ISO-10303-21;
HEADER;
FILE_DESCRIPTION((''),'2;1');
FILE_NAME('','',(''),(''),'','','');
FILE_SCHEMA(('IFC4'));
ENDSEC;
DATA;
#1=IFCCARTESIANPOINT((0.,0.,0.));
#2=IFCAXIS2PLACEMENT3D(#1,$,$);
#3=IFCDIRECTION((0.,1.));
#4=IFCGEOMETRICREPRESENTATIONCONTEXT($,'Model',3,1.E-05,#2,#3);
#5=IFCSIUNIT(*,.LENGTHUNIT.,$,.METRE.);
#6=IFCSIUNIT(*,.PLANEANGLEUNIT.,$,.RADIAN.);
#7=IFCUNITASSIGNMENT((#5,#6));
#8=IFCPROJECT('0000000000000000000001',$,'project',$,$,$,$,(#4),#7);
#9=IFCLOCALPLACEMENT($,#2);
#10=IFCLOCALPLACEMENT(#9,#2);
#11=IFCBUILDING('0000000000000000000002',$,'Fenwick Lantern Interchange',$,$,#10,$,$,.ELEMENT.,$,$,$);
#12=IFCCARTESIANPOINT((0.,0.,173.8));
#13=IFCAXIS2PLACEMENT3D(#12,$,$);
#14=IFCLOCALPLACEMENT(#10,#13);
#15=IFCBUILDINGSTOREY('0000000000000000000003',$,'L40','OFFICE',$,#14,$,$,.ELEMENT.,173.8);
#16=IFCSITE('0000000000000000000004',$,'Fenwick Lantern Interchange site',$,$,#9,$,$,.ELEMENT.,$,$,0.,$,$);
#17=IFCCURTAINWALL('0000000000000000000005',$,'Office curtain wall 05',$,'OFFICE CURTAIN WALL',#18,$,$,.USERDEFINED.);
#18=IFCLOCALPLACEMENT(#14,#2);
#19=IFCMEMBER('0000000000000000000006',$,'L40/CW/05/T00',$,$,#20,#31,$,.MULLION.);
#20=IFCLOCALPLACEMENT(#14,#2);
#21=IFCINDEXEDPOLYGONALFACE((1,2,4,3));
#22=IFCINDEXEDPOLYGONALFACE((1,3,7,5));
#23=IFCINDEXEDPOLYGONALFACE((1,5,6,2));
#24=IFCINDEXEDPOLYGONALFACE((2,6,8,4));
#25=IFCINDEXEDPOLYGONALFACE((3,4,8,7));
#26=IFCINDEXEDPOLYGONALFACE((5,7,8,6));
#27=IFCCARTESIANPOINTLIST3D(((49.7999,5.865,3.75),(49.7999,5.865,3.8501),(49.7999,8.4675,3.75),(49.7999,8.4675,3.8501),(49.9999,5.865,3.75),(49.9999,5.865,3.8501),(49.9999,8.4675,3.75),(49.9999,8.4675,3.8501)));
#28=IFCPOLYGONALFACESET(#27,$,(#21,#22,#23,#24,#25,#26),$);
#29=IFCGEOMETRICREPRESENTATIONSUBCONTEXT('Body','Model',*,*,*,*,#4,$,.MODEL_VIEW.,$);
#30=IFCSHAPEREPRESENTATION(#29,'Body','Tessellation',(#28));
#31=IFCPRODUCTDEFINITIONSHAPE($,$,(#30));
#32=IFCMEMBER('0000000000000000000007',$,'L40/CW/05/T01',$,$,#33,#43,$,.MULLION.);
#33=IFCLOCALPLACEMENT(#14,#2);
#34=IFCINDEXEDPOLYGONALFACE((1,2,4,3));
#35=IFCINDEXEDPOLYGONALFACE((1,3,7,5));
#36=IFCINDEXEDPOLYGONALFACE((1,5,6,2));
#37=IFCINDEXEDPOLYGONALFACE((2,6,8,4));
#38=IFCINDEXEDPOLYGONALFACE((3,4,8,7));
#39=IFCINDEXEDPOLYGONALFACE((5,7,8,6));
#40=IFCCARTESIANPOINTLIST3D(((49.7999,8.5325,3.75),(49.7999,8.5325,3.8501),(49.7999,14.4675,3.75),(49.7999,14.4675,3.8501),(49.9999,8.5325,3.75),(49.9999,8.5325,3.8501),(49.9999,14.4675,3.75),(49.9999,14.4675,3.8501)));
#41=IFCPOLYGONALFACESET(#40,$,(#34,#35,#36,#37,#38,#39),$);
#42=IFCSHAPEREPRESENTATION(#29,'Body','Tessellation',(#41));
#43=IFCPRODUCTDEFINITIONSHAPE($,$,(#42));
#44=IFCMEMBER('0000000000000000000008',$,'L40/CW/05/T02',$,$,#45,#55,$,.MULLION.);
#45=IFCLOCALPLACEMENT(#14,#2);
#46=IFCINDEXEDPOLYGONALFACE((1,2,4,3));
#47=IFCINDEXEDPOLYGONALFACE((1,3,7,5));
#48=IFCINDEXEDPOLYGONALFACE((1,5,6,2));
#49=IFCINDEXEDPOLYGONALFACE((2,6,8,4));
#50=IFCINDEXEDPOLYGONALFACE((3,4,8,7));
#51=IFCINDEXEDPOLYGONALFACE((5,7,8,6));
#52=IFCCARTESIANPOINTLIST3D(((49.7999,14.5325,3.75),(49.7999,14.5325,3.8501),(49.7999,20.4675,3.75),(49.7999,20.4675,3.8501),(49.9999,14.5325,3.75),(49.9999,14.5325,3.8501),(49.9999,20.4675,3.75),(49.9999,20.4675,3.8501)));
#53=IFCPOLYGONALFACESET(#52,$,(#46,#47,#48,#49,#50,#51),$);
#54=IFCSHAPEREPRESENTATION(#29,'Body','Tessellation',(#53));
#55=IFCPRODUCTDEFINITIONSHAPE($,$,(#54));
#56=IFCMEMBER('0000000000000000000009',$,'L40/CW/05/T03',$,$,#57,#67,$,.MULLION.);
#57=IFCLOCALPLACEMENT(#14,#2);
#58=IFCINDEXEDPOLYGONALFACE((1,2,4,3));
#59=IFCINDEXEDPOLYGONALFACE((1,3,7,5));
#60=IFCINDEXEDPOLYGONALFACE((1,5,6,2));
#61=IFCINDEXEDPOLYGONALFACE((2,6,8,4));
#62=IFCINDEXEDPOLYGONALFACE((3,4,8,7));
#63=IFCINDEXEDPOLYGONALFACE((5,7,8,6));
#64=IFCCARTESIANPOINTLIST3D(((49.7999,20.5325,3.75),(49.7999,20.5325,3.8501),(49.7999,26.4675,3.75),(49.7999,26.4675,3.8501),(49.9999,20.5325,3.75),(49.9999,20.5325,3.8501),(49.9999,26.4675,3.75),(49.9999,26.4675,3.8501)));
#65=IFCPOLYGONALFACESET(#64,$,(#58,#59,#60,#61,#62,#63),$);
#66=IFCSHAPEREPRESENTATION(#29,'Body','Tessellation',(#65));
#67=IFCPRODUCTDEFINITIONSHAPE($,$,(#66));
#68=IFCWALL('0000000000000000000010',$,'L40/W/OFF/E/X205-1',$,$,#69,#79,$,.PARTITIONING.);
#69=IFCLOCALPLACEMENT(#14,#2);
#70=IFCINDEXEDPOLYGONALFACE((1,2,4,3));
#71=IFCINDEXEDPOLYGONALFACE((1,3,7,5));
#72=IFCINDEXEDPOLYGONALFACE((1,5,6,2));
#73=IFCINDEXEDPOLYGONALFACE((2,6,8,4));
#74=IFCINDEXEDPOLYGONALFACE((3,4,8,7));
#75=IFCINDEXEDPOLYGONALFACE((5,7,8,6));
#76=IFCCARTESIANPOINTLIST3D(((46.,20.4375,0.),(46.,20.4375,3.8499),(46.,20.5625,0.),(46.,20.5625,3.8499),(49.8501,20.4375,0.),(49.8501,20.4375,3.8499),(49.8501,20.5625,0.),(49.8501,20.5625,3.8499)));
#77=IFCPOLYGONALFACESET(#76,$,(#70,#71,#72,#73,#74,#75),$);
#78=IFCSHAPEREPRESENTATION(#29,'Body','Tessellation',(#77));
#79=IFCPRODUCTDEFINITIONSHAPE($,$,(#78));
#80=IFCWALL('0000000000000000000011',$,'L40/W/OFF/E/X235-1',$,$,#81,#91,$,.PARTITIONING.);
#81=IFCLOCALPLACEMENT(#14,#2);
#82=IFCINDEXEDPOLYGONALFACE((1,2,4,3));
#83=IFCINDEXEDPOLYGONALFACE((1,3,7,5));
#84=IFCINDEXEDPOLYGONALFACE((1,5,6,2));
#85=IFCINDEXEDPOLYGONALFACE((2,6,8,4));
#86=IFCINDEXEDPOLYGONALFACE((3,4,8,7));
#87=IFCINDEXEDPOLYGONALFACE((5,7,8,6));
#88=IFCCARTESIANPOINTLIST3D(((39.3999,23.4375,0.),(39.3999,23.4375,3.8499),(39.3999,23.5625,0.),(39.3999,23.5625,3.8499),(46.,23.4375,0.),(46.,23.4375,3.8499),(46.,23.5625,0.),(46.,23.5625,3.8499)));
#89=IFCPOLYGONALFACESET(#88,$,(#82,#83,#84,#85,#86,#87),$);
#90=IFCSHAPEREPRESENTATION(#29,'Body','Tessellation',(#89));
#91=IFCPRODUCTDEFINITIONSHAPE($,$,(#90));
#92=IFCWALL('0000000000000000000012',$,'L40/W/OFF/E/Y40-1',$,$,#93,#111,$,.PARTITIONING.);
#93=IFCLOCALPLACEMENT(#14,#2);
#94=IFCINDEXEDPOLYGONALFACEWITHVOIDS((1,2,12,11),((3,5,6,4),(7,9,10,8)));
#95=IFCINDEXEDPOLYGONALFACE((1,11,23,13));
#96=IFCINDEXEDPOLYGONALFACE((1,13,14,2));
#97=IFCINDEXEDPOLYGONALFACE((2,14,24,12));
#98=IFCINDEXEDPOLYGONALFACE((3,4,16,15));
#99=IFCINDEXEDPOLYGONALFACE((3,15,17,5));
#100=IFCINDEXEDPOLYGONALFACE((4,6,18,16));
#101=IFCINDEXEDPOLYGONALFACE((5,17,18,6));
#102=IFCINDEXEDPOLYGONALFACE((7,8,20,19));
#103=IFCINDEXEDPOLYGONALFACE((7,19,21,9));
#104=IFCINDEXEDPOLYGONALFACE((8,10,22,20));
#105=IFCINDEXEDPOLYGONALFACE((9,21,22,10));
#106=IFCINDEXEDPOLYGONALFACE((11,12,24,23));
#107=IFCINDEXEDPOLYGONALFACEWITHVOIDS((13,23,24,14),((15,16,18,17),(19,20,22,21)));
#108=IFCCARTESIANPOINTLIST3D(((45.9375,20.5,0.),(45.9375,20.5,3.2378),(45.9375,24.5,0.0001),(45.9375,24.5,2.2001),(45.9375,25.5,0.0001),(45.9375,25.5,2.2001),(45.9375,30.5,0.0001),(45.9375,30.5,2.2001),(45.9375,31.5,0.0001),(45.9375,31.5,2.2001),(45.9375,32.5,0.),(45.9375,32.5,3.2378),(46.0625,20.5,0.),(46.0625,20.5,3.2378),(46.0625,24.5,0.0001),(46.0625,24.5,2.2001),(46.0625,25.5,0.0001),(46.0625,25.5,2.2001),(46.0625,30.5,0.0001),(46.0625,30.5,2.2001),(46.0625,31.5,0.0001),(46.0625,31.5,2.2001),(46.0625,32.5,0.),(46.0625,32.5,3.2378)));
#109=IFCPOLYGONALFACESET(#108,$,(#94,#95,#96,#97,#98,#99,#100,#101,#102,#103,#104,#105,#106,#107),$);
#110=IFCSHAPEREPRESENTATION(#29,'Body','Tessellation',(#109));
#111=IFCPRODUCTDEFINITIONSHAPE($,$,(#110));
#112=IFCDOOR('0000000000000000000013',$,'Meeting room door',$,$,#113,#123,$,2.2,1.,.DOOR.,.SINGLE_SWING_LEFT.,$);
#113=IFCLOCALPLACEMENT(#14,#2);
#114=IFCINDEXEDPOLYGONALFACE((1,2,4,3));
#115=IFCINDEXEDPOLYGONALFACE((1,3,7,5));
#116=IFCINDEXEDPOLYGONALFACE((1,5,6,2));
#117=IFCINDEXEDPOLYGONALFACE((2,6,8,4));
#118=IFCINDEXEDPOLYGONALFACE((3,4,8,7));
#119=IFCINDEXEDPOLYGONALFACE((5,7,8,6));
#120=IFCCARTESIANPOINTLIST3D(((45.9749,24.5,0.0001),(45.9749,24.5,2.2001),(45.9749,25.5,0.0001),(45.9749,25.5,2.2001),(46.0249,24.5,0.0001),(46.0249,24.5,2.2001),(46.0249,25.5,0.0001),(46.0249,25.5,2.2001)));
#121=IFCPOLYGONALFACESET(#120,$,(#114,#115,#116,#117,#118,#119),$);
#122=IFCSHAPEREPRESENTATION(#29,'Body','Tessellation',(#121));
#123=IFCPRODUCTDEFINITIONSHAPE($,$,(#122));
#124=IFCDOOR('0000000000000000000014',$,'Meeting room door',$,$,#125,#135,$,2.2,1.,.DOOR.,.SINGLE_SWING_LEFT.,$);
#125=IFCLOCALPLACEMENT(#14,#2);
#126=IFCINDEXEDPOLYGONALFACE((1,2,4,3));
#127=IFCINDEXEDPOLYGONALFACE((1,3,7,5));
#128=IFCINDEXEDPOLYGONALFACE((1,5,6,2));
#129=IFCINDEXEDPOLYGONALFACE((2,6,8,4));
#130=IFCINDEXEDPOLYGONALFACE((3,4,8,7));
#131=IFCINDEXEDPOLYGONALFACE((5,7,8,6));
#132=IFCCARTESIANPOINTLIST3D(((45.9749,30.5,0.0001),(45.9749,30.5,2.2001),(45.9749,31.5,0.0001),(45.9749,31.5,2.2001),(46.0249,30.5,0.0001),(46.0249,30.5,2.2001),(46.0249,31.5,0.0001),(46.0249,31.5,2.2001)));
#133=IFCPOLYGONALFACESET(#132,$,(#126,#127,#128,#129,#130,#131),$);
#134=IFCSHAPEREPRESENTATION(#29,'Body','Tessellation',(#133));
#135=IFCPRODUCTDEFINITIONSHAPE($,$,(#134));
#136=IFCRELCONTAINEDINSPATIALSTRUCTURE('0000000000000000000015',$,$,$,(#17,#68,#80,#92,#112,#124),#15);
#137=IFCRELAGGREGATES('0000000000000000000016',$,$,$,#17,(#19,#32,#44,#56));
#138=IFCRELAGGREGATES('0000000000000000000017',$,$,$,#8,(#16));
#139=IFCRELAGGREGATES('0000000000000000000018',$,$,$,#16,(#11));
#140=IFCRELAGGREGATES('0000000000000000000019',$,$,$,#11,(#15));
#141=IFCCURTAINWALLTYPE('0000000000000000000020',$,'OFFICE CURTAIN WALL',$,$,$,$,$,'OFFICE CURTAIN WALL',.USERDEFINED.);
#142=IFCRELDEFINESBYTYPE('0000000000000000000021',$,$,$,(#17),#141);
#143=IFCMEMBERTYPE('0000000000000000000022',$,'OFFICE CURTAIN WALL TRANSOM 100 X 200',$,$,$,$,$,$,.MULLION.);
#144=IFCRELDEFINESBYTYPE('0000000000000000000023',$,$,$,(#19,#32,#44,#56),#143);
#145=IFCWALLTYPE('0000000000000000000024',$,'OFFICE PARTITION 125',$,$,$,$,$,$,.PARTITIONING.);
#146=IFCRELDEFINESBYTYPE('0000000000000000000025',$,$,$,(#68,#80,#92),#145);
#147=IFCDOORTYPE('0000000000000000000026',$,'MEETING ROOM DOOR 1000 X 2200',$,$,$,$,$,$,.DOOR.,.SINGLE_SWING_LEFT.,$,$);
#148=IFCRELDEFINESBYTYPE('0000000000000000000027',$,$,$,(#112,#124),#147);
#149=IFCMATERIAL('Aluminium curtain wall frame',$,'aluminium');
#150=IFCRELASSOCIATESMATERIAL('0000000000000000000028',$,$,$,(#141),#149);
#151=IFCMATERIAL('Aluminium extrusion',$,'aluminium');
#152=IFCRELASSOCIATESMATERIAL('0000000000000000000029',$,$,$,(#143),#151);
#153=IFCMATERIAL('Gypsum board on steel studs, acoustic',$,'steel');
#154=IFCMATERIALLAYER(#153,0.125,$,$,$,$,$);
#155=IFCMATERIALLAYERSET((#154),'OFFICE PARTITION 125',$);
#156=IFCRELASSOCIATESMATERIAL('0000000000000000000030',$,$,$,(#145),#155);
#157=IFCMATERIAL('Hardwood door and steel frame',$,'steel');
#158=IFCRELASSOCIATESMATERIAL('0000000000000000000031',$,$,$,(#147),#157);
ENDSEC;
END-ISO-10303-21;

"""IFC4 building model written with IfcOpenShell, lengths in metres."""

from ifc_helpers import new_model, si_unit, direction, frame, frame_2d, origin, origin_2d, place, context, subcontext, project, spatial, rectangle, extrude, material, layer, layer_set, material_profile, profile_set, type_object, element, fill, aggregate, save


model = new_model("IFC4")

# Units and contexts
model_context = context("Model", 3, precision=1e-05, world=origin(), true_north=direction((0.0, 1.0)))
body_context = subcontext(model_context, "Body", "Model", "MODEL_VIEW")
ifc_project = project(units=[si_unit("LENGTHUNIT", "METRE"), si_unit("PLANEANGLEUNIT", "RADIAN")], contexts=[model_context])

# Site, building, storey
site_placement = place(None, origin())
site = spatial("IfcSite", under=ifc_project, at=site_placement, Name="Fenwick Lantern Interchange site", CompositionType="ELEMENT", RefElevation=0.0)
building_placement = place(site_placement, origin())
building = spatial("IfcBuilding", under=site, at=building_placement, Name="Fenwick Lantern Interchange", CompositionType="ELEMENT")
storey_placement = place(building_placement, frame((0.0, 0.0, 173.8)))
storey = spatial("IfcBuildingStorey", under=building, at=storey_placement, Name="L40", Description="OFFICE", CompositionType="ELEMENT", Elevation=173.8)

# Curtain wall, members
ifc_material_1 = material(Name="Aluminium curtain wall frame", Category="aluminium")
curtain_wall_type = type_object("IfcCurtainWallType", Name="OFFICE CURTAIN WALL", ElementType="OFFICE CURTAIN WALL", PredefinedType="USERDEFINED", material=ifc_material_1)
curtain_wall_placement = place(storey_placement, origin())
curtain_wall = element("IfcCurtainWall", 1, at=curtain_wall_placement, inside=storey, type_object=curtain_wall_type, Name="Office curtain wall 05", ObjectType="OFFICE CURTAIN WALL", PredefinedType="USERDEFINED")
ifc_material_2 = material(Name="Aluminium extrusion", Category="aluminium")
ifc_material_profile_1 = material_profile(ifc_material_2, rectangle(XDim=0.2, YDim=0.1001, at=origin_2d()), Name="OFFICE CURTAIN WALL TRANSOM 100 X 200")
ifc_profile_set_1 = profile_set([ifc_material_profile_1], Name="Aluminium extrusion")
member_type_1 = type_object("IfcMemberType", Name="OFFICE CURTAIN WALL TRANSOM 100 X 200", PredefinedType="MULLION", material=ifc_profile_set_1)
member_1_placement = place(storey_placement, frame((49.8999, 5.865, 3.8), z_axis=(0.0, 1.0, 0.0), x_axis=(-1.0, 0.0, 0.0)))
member_1 = element("IfcMember", 2, at=member_1_placement, type_object=member_type_1, Name="L40/CW/05/T00", PredefinedType="MULLION", context=body_context, shape_type="SweptSolid", body=[
    extrude(rectangle(XDim=0.2, YDim=0.1001, at=origin_2d()), origin(), (0.0, 0.0, 1.0), 2.6025),
])
member_2_placement = place(storey_placement, frame((49.8999, 8.5325, 3.8), z_axis=(0.0, 1.0, 0.0), x_axis=(-1.0, 0.0, 0.0)))
member_2 = element("IfcMember", 3, at=member_2_placement, type_object=member_type_1, Name="L40/CW/05/T01", PredefinedType="MULLION", context=body_context, shape_type="SweptSolid", body=[
    extrude(rectangle(XDim=0.2, YDim=0.1001, at=origin_2d()), origin(), (0.0, 0.0, 1.0), 5.9351),
])
member_3_placement = place(storey_placement, frame((49.8999, 14.5325, 3.8), z_axis=(0.0, 1.0, 0.0), x_axis=(-1.0, 0.0, 0.0)))
member_3 = element("IfcMember", 4, at=member_3_placement, type_object=member_type_1, Name="L40/CW/05/T02", PredefinedType="MULLION", context=body_context, shape_type="SweptSolid", body=[
    extrude(rectangle(XDim=0.2, YDim=0.1001, at=origin_2d()), origin(), (0.0, 0.0, 1.0), 5.9351),
])
member_4_placement = place(storey_placement, frame((49.8999, 20.5325, 3.8), z_axis=(0.0, 1.0, 0.0), x_axis=(-1.0, 0.0, 0.0)))
member_4 = element("IfcMember", 5, at=member_4_placement, type_object=member_type_1, Name="L40/CW/05/T03", PredefinedType="MULLION", context=body_context, shape_type="SweptSolid", body=[
    extrude(rectangle(XDim=0.2, YDim=0.1001, at=origin_2d()), origin(), (0.0, 0.0, 1.0), 5.9351),
])
aggregate(curtain_wall, [member_1, member_2, member_3, member_4])

# Walls
ifc_material_3 = material(Name="Gypsum board on steel studs, acoustic", Category="steel")
ifc_layer_1 = layer(ifc_material_3, 0.125)
ifc_layer_set_1 = layer_set([ifc_layer_1], Name="OFFICE PARTITION 125")
wall_type = type_object("IfcWallType", Name="OFFICE PARTITION 125", PredefinedType="PARTITIONING", material=ifc_layer_set_1)
wall_1_placement = place(storey_placement, frame((49.8501, 20.5, 0.0), z_axis=(0.0, 0.0, 1.0), x_axis=(-1.0, 0.0, 0.0)))
element("IfcWall", 6, at=wall_1_placement, inside=storey, type_object=wall_type, Name="L40/W/OFF/E/X205-1", PredefinedType="PARTITIONING", context=body_context, shape_type="SweptSolid", body=[
    extrude(rectangle(XDim=3.8501, YDim=0.125, at=frame_2d((1.925, 0.0))), origin(), (0.0, 0.0, 1.0), 3.8499),
])
wall_2_placement = place(storey_placement, frame((46.0, 23.5, 0.0), z_axis=(0.0, 0.0, 1.0), x_axis=(-1.0, 0.0, 0.0)))
element("IfcWall", 7, at=wall_2_placement, inside=storey, type_object=wall_type, Name="L40/W/OFF/E/X235-1", PredefinedType="PARTITIONING", context=body_context, shape_type="SweptSolid", body=[
    extrude(rectangle(XDim=6.6001, YDim=0.125, at=frame_2d((3.3, 0.0))), origin(), (0.0, 0.0, 1.0), 3.8499),
])

# Wall, openings, doors
wall_3_placement = place(storey_placement, frame((46.0, 20.5, 0.0), z_axis=(0.0, 0.0, 1.0), x_axis=(0.0, 1.0, 0.0)))
wall_3 = element("IfcWall", 8, at=wall_3_placement, inside=storey, type_object=wall_type, Name="L40/W/OFF/E/Y40-1", PredefinedType="PARTITIONING", context=body_context, shape_type="SweptSolid", body=[
    extrude(rectangle(XDim=12.0, YDim=0.125, at=frame_2d((6.0, 0.0))), origin(), (0.0, 0.0, 1.0), 3.2378),
])
opening_1_placement = place(wall_3_placement, frame((4.0, 0.0, 0.0)))
opening_1 = element("IfcOpeningElement", 9, at=opening_1_placement, cuts=wall_3, PredefinedType="OPENING", context=body_context, shape_type="SweptSolid", body=[
    extrude(rectangle(XDim=1.0, YDim=2.2, at=frame_2d((0.5, 1.1001))), frame((0.0, 0.0725, 0.0), z_axis=(0.0, -1.0, 0.0), x_axis=(1.0, 0.0, 0.0)), (0.0, 0.0, 1.0), 0.145),
])
opening_2_placement = place(wall_3_placement, frame((10.0, 0.0, 0.0)))
opening_2 = element("IfcOpeningElement", 10, at=opening_2_placement, cuts=wall_3, PredefinedType="OPENING", context=body_context, shape_type="SweptSolid", body=[
    extrude(rectangle(XDim=1.0, YDim=2.2, at=frame_2d((0.5, 1.1001))), frame((0.0, 0.0725, 0.0), z_axis=(0.0, -1.0, 0.0), x_axis=(1.0, 0.0, 0.0)), (0.0, 0.0, 1.0), 0.145),
])
ifc_material_4 = material(Name="Hardwood door and steel frame", Category="steel")
door_type = type_object("IfcDoorType", Name="MEETING ROOM DOOR 1000 X 2200", OperationType="SINGLE_SWING_LEFT", PredefinedType="DOOR", material=ifc_material_4)
door_1_placement = place(opening_1_placement, frame((1.0, 0.0, 0.0), z_axis=(0.0, 0.0, 1.0), x_axis=(-1.0, 0.0, 0.0)))
door_1 = element("IfcDoor", 11, at=door_1_placement, inside=storey, type_object=door_type, Name="Meeting room door", OperationType="SINGLE_SWING_LEFT", OverallHeight=2.2, OverallWidth=1.0, PredefinedType="DOOR", context=body_context, shape_type="SweptSolid", body=[
    extrude(rectangle(XDim=1.0, YDim=2.2, at=frame_2d((0.5, 1.1001))), frame((0.0, 0.0249, 0.0), z_axis=(0.0, -1.0, 0.0), x_axis=(1.0, 0.0, 0.0)), (0.0, 0.0, 1.0), 0.05),
])
fill(opening_1, door_1)
door_2_placement = place(opening_2_placement, frame((1.0, 0.0, 0.0), z_axis=(0.0, 0.0, 1.0), x_axis=(-1.0, 0.0, 0.0)))
door_2 = element("IfcDoor", 12, at=door_2_placement, inside=storey, type_object=door_type, Name="Meeting room door", OperationType="SINGLE_SWING_LEFT", OverallHeight=2.2, OverallWidth=1.0, PredefinedType="DOOR", context=body_context, shape_type="SweptSolid", body=[
    extrude(rectangle(XDim=1.0, YDim=2.2, at=frame_2d((0.5, 1.1001))), frame((0.0, 0.0249, 0.0), z_axis=(0.0, -1.0, 0.0), x_axis=(1.0, 0.0, 0.0)), (0.0, 0.0, 1.0), 0.05),
])
fill(opening_2, door_2)

save(model, "model.ifc")
